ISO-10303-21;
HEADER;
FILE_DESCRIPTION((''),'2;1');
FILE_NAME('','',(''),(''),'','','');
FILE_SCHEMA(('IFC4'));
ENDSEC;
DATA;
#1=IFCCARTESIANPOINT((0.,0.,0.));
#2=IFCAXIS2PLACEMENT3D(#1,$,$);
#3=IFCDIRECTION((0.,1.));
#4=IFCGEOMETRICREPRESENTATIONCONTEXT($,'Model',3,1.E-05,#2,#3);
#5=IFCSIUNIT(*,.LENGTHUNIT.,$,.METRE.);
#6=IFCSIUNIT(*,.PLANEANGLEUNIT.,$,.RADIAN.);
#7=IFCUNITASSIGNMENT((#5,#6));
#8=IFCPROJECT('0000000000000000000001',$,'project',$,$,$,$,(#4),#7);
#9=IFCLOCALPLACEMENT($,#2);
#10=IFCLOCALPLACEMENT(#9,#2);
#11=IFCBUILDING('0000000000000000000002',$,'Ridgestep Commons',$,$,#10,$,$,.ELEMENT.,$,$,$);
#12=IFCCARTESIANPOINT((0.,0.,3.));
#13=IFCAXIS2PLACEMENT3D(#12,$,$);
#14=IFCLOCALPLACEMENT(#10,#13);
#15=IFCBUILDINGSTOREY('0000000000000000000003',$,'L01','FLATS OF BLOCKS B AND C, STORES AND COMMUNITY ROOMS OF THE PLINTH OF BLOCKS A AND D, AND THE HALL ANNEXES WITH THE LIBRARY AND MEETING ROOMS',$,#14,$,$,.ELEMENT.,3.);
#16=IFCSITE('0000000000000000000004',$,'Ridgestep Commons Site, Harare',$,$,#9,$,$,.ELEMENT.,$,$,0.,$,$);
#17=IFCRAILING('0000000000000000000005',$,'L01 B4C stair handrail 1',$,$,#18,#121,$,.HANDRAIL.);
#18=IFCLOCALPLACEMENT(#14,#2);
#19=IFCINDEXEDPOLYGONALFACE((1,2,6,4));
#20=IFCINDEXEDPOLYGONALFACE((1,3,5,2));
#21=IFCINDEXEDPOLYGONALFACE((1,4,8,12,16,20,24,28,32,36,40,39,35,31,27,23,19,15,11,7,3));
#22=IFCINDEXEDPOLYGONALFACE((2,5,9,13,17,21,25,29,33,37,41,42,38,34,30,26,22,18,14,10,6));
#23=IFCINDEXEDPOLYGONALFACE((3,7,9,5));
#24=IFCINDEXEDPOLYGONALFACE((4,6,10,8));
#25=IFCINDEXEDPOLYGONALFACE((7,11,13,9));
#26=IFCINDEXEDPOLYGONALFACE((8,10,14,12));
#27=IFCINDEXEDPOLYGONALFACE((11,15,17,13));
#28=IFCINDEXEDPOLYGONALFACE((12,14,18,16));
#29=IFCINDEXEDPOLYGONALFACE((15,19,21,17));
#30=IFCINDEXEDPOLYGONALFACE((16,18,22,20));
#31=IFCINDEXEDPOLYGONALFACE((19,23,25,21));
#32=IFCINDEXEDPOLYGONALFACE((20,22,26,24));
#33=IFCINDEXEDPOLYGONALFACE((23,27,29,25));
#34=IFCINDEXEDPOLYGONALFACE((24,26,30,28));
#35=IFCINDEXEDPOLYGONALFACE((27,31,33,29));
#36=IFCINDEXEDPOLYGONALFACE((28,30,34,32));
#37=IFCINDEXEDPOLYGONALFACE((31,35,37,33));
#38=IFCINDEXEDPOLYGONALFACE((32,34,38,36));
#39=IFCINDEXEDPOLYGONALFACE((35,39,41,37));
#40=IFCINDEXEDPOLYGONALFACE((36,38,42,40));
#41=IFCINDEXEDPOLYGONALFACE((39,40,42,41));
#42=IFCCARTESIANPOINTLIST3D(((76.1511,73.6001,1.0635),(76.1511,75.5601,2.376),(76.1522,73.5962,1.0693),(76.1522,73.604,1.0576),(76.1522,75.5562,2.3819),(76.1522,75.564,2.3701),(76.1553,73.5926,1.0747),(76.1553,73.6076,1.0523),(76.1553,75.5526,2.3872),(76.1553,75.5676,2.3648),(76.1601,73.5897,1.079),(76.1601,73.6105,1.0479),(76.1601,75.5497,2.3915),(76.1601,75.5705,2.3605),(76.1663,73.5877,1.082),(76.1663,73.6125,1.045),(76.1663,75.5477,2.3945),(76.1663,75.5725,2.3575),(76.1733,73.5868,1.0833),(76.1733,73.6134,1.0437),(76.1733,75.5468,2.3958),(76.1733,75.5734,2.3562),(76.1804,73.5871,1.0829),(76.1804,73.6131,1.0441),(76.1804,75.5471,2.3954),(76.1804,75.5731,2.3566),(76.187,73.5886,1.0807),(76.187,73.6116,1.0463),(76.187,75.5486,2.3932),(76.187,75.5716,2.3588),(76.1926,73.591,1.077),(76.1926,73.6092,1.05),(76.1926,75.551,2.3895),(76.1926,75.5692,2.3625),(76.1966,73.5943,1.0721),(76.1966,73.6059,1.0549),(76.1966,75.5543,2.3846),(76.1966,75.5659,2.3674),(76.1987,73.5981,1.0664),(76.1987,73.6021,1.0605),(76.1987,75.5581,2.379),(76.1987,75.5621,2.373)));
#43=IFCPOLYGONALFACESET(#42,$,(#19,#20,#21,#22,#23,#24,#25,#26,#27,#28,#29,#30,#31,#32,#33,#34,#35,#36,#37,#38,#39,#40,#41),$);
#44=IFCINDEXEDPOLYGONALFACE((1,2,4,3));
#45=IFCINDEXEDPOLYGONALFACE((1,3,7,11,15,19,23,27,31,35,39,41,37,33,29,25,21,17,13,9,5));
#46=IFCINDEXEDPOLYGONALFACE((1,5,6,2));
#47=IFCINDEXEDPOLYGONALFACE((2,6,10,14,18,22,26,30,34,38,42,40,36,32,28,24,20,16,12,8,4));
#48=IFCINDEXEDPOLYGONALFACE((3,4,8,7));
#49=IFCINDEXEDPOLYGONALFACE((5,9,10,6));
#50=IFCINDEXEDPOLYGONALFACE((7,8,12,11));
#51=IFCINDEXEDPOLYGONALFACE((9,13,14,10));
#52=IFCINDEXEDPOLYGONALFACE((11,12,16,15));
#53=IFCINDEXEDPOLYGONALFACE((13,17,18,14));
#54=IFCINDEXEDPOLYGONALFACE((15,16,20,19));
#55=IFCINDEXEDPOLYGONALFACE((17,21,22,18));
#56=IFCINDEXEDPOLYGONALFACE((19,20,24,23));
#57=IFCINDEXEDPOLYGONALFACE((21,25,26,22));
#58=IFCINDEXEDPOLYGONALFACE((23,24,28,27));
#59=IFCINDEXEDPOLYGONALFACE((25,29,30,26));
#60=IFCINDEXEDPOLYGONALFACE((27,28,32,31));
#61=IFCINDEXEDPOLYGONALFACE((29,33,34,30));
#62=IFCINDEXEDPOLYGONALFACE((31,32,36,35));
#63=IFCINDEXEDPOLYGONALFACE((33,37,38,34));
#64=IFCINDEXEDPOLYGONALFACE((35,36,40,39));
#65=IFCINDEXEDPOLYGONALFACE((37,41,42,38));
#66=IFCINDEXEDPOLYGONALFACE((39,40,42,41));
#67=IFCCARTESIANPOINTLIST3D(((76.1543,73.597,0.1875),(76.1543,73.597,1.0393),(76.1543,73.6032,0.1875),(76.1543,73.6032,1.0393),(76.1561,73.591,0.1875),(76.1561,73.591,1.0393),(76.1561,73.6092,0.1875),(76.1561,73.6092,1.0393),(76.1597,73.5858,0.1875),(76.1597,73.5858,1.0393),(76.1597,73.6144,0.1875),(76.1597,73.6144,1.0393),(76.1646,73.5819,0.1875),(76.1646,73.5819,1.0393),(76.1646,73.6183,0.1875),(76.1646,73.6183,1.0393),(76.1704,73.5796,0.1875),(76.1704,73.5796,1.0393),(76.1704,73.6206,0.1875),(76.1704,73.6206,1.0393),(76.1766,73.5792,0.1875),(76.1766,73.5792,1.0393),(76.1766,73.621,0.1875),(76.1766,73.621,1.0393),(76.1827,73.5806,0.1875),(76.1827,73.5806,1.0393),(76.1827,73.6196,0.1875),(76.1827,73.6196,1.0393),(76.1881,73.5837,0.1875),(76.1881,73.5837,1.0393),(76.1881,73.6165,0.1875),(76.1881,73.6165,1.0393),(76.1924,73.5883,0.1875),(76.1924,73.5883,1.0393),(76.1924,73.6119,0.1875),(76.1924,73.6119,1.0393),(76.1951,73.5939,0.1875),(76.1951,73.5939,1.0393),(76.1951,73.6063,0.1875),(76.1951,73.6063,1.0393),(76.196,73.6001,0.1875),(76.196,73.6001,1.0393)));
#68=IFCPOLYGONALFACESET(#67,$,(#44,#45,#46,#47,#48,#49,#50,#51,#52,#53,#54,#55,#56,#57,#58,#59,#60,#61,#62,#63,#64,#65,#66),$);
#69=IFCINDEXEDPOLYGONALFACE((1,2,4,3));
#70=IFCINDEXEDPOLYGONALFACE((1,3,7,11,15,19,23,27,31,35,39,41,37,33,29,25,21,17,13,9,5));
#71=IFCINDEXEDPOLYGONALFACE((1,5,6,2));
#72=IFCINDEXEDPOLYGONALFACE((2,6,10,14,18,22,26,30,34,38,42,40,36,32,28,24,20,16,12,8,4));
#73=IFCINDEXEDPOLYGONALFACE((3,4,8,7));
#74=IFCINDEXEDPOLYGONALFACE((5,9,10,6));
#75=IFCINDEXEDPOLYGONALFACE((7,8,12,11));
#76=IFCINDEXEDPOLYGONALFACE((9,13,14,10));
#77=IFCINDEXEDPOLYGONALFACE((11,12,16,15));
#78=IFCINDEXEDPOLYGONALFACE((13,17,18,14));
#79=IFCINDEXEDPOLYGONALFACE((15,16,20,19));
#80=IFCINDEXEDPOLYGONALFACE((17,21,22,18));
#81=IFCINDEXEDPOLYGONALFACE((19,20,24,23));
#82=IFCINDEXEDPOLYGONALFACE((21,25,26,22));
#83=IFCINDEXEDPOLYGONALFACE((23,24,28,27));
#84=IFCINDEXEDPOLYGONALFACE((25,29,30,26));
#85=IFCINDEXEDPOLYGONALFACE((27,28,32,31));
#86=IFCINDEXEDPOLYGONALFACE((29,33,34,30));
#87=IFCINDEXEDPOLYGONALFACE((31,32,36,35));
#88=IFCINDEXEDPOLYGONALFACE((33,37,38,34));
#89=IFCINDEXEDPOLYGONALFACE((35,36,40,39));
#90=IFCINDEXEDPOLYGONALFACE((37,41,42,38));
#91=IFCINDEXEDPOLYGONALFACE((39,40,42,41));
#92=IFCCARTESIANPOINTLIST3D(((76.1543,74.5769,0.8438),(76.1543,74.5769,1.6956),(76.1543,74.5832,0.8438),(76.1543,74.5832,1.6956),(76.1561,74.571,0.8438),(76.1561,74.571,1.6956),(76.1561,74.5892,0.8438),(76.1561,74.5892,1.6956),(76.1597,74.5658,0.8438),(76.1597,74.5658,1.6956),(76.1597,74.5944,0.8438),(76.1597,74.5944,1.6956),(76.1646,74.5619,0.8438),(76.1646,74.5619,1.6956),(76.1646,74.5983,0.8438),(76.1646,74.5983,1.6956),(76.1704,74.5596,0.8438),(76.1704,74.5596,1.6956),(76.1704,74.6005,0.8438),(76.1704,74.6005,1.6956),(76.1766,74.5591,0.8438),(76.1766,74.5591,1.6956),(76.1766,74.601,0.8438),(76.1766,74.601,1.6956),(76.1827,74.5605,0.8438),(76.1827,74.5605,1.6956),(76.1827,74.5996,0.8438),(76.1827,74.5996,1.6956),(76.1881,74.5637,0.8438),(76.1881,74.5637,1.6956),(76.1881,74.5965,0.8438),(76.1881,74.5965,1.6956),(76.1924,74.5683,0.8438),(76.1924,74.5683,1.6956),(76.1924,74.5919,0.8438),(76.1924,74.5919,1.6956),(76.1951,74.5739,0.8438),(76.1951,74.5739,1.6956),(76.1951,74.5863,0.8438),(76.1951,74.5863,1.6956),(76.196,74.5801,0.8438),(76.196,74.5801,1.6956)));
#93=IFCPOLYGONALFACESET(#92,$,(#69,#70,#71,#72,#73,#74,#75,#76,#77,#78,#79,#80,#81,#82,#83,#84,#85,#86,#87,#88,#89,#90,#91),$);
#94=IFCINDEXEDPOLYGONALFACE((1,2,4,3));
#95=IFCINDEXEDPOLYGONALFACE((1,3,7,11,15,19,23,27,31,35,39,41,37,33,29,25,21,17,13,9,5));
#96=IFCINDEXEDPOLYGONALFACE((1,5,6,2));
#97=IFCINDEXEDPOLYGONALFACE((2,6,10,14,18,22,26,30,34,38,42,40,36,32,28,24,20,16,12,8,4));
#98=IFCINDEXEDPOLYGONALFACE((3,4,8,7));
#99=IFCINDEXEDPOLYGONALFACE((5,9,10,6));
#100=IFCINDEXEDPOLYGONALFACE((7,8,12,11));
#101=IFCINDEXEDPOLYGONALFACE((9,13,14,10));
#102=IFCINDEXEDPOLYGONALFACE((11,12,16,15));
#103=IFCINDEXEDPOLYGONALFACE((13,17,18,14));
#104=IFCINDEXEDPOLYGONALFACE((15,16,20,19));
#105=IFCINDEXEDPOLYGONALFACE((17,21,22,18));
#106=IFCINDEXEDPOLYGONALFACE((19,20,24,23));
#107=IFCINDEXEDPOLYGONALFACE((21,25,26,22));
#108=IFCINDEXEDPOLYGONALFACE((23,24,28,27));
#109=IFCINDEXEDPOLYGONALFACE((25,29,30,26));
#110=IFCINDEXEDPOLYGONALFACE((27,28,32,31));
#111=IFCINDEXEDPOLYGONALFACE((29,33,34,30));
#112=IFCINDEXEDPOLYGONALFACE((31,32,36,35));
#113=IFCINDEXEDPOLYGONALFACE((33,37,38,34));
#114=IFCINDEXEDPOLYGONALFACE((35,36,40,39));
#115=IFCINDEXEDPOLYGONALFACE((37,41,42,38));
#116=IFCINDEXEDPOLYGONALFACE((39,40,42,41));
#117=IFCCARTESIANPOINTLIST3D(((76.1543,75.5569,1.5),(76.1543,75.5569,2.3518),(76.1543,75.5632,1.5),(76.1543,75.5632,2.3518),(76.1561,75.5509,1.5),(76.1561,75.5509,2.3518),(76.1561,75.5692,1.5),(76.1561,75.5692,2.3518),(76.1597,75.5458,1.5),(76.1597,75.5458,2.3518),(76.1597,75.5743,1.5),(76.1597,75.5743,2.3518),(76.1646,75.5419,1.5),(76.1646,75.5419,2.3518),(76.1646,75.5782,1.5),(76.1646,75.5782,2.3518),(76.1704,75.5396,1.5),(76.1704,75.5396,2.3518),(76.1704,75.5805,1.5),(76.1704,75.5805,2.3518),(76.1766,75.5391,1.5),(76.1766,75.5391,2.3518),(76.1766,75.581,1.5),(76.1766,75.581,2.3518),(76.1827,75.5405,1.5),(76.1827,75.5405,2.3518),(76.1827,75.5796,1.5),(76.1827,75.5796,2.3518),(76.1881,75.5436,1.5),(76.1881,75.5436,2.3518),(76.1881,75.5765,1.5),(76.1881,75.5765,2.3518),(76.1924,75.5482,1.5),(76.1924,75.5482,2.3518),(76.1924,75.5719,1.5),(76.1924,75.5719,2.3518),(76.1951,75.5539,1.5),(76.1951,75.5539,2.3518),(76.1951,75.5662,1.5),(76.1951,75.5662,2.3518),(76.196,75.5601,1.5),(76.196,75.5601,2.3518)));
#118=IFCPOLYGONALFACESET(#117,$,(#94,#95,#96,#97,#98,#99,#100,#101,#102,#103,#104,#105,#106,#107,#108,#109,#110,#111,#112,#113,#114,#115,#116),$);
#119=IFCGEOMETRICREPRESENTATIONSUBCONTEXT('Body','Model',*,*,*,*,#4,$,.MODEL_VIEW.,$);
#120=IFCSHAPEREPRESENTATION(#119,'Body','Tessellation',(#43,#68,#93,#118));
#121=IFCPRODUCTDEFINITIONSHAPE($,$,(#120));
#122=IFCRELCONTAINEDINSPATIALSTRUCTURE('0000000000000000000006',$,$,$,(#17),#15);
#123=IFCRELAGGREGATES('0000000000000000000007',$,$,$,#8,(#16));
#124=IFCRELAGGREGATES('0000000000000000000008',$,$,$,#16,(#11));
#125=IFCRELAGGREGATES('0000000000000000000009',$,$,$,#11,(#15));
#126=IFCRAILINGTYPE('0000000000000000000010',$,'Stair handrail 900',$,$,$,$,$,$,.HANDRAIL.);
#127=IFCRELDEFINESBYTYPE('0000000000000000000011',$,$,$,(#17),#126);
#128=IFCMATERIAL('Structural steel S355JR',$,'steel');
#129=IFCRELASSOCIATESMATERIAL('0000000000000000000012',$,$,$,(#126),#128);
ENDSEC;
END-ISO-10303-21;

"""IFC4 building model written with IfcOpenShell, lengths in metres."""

from ifc_helpers import new_model, si_unit, direction, frame, origin, origin_2d, place, context, subcontext, project, spatial, circle, extrude, material, type_object, element, save


model = new_model("IFC4")

# Units and contexts
model_context = context("Model", 3, precision=1e-05, world=origin(), true_north=direction((0.0, 1.0)))
body_context = subcontext(model_context, "Body", "Model", "MODEL_VIEW")
ifc_project = project(units=[si_unit("LENGTHUNIT", "METRE"), si_unit("PLANEANGLEUNIT", "RADIAN")], contexts=[model_context])

# Site, building, storey
site_placement = place(None, origin())
site = spatial("IfcSite", under=ifc_project, at=site_placement, Name="Ridgestep Commons Site, Harare", CompositionType="ELEMENT", RefElevation=0.0)
building_placement = place(site_placement, origin())
building = spatial("IfcBuilding", under=site, at=building_placement, Name="Ridgestep Commons", CompositionType="ELEMENT")
storey_placement = place(building_placement, frame((0.0, 0.0, 3.0)))
storey = spatial("IfcBuildingStorey", under=building, at=storey_placement, Name="L01", Description="FLATS OF BLOCKS B AND C, STORES AND COMMUNITY ROOMS OF THE PLINTH OF BLOCKS A AND D, AND THE HALL ANNEXES WITH THE LIBRARY AND MEETING ROOMS", CompositionType="ELEMENT", Elevation=3.0)

# Railing
ifc_material_1 = material(Name="Structural steel S355JR", Category="steel")
railing_type_1 = type_object("IfcRailingType", Name="Stair handrail 900", PredefinedType="HANDRAIL", material=ifc_material_1)
railing_1_placement = place(storey_placement, frame((76.175, 73.6001, 0.1875)))
element("IfcRailing", 1, at=railing_1_placement, inside=storey, type_object=railing_type_1, Name="L01 B4C stair handrail 1", PredefinedType="HANDRAIL", context=body_context, shape_type="SweptSolid", body=[
    extrude(circle(Radius=0.0239, at=origin_2d()), frame((0.0, 0.0, 0.876), z_axis=(0.0, 0.830902, 0.556419), x_axis=(-1.0, 0.0, 0.0)), (0.0, 0.0, 1.0), 2.3589),
    extrude(circle(Radius=0.021, at=origin_2d()), origin(), (0.0, 0.0, 1.0), 0.8518),
    extrude(circle(Radius=0.021, at=origin_2d()), frame((0.0, 0.98, 0.6562)), (0.0, 0.0, 1.0), 0.8518),
    extrude(circle(Radius=0.021, at=origin_2d()), frame((0.0, 1.96, 1.3125)), (0.0, 0.0, 1.0), 0.8518),
])

save(model, "model.ifc")
